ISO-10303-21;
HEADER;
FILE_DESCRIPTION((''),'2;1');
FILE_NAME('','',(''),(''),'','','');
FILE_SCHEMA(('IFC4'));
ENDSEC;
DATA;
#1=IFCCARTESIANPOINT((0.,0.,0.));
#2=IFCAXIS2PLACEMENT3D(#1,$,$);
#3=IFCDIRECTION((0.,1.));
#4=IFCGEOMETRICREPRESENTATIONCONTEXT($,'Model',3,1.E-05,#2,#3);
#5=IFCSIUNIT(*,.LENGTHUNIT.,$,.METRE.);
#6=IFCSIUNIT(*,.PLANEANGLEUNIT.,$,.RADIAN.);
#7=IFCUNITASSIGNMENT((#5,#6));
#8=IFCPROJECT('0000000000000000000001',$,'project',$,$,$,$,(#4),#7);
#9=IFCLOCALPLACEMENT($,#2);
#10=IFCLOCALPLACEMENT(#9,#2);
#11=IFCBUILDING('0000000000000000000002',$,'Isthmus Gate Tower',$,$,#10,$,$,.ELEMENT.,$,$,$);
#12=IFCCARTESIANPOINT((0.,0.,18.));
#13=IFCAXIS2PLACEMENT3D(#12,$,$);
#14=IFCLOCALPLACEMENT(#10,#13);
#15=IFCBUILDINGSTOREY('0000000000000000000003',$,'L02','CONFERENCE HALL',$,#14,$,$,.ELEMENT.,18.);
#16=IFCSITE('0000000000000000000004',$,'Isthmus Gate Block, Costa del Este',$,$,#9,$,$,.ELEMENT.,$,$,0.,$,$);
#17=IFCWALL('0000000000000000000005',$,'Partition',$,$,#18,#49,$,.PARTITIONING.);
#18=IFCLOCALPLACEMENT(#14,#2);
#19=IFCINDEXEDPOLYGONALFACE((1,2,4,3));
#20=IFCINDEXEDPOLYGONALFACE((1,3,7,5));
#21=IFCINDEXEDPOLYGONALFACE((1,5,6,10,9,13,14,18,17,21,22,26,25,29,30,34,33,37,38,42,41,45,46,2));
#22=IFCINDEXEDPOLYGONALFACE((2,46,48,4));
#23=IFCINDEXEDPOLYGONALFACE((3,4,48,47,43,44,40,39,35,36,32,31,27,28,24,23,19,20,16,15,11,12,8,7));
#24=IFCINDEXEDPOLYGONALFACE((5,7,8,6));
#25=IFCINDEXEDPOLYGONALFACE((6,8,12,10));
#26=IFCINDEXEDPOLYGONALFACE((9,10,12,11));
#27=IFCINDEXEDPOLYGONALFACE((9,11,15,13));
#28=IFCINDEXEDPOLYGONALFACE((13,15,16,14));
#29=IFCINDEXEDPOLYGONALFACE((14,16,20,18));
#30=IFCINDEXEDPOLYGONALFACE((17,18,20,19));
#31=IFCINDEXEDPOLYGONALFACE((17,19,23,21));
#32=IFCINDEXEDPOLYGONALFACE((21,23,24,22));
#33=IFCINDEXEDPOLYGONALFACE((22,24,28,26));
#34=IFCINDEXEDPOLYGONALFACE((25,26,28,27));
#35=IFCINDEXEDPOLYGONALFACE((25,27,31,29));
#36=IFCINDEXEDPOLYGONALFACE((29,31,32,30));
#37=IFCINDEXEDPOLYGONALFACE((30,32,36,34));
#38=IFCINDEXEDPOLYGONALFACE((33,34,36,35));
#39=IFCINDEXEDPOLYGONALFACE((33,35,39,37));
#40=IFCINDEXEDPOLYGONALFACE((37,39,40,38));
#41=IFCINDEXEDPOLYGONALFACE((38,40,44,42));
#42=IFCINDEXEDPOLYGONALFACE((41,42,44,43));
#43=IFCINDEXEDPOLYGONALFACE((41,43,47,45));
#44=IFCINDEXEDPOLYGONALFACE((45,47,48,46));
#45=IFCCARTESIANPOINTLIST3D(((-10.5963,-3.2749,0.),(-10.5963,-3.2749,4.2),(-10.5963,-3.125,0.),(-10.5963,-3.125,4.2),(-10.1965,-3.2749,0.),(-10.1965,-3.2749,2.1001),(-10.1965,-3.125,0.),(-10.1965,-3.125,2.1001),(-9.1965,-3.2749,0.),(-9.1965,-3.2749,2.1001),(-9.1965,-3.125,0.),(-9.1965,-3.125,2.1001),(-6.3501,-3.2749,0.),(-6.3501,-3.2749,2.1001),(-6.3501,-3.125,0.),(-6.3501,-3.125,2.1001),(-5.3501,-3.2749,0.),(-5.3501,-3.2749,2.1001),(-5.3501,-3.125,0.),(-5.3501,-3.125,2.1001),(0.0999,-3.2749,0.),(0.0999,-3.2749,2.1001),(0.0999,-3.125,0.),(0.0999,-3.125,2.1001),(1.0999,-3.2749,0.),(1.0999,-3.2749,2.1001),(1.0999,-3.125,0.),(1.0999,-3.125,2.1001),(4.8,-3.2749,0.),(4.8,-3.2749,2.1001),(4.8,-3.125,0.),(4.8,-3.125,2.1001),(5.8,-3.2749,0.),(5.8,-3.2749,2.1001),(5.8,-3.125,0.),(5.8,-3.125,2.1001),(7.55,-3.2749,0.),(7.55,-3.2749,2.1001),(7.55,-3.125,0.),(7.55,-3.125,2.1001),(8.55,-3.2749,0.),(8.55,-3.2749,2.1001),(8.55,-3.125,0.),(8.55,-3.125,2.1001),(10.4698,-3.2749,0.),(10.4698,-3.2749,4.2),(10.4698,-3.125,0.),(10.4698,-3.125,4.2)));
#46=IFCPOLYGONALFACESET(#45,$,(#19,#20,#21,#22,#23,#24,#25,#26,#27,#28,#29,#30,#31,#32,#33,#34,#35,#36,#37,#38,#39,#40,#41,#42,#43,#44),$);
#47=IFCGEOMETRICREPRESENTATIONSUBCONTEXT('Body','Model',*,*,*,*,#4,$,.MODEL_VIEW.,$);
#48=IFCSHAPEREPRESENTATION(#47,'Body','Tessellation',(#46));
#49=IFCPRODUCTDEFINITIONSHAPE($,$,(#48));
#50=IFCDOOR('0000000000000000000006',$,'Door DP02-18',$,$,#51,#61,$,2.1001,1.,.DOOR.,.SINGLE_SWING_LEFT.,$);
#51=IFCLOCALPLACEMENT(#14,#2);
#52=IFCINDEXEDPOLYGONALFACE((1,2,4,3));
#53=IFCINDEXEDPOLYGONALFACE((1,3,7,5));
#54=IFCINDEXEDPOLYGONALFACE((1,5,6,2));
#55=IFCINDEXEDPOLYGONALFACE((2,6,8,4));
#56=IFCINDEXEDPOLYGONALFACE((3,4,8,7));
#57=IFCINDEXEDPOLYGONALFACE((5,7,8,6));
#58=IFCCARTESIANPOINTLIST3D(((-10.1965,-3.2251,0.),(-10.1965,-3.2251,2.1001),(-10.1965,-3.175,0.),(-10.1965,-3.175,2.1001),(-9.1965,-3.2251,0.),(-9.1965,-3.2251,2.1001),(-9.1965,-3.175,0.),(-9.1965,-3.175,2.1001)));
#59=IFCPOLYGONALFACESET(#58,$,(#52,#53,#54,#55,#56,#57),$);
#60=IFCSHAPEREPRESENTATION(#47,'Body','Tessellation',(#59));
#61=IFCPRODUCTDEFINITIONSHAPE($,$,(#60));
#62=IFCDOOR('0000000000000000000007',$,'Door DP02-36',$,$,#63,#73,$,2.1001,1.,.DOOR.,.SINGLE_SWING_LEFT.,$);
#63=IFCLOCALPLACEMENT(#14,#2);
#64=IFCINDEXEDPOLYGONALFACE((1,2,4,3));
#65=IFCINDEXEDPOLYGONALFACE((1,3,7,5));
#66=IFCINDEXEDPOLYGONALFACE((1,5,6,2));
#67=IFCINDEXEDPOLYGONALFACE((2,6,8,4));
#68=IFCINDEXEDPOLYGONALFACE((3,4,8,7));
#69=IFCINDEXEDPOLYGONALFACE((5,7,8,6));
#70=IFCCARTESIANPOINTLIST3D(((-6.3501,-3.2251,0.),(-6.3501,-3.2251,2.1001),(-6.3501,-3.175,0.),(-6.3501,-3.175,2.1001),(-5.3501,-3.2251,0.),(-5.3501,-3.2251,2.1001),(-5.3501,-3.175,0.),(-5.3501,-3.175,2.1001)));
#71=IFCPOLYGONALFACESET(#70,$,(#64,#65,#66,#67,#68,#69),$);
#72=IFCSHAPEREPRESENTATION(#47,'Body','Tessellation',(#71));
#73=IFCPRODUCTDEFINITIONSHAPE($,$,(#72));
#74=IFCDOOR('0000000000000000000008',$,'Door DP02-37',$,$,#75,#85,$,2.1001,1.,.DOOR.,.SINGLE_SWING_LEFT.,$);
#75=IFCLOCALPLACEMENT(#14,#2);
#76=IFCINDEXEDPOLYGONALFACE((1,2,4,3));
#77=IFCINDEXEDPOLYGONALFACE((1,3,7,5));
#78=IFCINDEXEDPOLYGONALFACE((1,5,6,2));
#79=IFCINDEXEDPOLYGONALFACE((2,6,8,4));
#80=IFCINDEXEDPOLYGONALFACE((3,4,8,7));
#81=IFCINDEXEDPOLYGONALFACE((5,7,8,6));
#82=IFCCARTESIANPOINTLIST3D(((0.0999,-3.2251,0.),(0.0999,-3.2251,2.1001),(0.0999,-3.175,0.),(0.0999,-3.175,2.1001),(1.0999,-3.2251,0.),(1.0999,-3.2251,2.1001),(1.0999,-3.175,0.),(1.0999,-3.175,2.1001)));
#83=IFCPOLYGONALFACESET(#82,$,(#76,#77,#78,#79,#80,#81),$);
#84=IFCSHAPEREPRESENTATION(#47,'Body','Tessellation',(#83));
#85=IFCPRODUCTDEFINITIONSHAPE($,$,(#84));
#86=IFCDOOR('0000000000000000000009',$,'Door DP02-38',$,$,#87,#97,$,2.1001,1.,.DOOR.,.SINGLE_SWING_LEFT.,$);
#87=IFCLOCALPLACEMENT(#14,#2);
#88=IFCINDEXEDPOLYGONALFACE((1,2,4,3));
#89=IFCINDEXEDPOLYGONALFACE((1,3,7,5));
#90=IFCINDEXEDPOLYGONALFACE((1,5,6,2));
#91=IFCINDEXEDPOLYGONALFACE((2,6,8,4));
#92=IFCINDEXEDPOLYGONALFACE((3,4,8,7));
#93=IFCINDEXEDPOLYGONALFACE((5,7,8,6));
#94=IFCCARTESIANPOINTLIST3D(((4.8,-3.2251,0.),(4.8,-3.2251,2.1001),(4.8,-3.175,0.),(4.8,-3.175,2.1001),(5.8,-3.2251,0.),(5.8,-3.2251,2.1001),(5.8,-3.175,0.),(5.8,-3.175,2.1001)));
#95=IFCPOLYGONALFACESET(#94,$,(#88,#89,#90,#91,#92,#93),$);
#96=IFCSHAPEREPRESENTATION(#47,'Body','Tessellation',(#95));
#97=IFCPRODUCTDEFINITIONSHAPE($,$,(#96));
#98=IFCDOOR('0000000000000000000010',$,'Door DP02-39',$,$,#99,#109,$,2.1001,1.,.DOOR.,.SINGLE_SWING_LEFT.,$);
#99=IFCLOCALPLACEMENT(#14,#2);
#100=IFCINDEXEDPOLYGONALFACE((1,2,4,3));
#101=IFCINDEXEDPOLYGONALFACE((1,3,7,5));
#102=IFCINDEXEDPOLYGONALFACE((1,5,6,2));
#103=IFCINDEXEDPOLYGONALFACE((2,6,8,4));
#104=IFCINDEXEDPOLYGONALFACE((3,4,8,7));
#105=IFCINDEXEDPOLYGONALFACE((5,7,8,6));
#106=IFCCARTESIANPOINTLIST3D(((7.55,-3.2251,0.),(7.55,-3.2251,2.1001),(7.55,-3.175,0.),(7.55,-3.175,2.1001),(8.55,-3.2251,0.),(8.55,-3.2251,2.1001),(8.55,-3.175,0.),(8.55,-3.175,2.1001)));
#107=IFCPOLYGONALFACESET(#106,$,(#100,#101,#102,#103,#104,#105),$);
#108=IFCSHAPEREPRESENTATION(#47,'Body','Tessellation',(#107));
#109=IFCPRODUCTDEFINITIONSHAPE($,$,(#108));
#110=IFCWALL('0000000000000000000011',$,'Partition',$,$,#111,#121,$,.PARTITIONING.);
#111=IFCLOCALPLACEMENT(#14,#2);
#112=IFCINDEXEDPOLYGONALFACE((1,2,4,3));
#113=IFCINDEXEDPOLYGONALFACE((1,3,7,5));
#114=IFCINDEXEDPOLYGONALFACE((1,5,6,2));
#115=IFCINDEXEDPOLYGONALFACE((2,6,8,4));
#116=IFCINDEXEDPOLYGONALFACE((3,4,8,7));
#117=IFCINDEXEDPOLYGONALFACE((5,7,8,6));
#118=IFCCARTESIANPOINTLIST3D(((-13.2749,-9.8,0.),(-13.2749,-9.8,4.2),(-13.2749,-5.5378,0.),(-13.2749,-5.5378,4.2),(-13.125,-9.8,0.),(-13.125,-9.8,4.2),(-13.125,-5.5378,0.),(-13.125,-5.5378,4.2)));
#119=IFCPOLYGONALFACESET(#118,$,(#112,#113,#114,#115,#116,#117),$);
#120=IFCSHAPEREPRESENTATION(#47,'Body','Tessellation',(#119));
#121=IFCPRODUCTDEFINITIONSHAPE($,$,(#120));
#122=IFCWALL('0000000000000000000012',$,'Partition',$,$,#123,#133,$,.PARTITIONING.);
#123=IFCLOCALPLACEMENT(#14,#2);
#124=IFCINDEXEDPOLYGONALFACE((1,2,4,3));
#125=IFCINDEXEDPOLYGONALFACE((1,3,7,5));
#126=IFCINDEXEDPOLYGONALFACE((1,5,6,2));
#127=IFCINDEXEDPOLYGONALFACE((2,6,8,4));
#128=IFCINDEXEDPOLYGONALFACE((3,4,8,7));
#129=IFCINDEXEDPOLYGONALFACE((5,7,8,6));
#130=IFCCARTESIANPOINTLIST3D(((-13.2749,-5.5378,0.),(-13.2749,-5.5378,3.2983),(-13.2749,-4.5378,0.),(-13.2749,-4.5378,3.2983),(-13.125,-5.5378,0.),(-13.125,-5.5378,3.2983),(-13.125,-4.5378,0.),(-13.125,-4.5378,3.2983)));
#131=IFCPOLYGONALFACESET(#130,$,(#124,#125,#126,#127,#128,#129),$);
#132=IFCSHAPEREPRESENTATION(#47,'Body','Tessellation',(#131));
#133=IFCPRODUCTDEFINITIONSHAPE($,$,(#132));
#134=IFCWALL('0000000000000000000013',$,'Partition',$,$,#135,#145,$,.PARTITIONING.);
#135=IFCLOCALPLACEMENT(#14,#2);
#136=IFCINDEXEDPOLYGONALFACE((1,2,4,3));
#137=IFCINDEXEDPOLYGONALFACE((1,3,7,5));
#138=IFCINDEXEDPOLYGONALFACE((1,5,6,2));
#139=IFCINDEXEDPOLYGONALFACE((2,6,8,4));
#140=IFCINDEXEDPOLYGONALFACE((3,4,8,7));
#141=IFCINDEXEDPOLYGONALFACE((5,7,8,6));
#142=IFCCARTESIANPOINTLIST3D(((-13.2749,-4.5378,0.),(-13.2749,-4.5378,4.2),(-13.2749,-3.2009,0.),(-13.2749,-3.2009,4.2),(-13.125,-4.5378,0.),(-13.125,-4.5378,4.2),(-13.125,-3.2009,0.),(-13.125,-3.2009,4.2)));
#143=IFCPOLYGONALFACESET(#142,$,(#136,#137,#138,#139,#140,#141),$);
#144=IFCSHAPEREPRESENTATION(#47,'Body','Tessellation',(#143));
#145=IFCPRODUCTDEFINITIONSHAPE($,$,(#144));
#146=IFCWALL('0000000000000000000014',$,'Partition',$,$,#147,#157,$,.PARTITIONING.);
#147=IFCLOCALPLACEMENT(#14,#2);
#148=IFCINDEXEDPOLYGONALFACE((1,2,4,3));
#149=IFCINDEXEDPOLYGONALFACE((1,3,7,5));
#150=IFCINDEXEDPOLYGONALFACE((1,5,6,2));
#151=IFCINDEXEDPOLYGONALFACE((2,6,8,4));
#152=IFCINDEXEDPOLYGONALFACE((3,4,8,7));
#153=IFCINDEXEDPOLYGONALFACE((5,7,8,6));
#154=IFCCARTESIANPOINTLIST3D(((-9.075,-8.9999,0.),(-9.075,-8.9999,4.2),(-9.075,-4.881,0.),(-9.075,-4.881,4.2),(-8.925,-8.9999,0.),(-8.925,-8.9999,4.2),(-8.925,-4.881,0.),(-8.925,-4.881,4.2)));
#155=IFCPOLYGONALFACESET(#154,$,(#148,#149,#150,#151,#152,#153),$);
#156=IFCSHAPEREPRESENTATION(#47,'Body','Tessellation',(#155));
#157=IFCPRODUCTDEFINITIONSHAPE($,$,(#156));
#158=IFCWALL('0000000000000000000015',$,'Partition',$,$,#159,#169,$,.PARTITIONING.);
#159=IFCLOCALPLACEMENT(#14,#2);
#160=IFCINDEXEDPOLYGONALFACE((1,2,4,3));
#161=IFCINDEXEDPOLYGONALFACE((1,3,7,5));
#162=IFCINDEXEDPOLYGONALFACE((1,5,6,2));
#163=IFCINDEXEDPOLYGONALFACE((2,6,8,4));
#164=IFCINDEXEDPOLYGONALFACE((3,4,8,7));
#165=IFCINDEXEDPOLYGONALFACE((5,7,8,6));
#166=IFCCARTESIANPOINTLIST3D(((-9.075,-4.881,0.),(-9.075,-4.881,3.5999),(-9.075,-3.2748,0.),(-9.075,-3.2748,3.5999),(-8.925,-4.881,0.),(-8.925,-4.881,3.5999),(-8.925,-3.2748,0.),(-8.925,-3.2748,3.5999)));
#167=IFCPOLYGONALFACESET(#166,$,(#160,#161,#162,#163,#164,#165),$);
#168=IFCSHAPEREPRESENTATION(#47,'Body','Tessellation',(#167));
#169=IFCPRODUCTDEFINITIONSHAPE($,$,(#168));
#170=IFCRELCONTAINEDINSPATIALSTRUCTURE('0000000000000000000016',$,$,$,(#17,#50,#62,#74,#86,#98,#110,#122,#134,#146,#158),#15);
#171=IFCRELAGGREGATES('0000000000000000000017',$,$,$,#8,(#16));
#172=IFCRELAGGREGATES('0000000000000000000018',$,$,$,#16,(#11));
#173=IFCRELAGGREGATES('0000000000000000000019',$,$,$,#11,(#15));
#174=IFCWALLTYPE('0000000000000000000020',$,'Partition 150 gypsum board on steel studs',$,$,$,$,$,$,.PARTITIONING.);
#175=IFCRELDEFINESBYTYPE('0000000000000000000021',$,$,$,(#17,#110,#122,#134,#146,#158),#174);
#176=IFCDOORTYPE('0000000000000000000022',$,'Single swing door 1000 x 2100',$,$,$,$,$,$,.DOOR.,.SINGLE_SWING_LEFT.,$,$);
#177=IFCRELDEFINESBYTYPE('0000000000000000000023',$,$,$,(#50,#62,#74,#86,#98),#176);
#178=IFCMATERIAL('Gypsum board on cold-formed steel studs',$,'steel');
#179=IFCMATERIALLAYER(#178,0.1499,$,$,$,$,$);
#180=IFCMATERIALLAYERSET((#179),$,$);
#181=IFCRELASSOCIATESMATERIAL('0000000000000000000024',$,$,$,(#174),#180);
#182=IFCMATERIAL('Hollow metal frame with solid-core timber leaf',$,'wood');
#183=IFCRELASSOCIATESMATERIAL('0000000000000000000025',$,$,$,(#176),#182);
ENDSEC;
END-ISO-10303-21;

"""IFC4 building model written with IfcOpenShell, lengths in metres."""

from ifc_helpers import new_model, si_unit, direction, frame, frame_2d, origin, place, context, subcontext, project, spatial, rectangle, extrude, material, layer, layer_set, type_object, element, fill, save


model = new_model("IFC4")

# Units and contexts
model_context = context("Model", 3, precision=1e-05, world=origin(), true_north=direction((0.0, 1.0)))
body_context = subcontext(model_context, "Body", "Model", "MODEL_VIEW")
ifc_project = project(units=[si_unit("LENGTHUNIT", "METRE"), si_unit("PLANEANGLEUNIT", "RADIAN")], contexts=[model_context])

# Site, building, storey
site_placement = place(None, origin())
site = spatial("IfcSite", under=ifc_project, at=site_placement, Name="Isthmus Gate Block, Costa del Este", CompositionType="ELEMENT", RefElevation=0.0)
building_placement = place(site_placement, origin())
building = spatial("IfcBuilding", under=site, at=building_placement, Name="Isthmus Gate Tower", CompositionType="ELEMENT")
storey_placement = place(building_placement, frame((0.0, 0.0, 18.0)))
storey = spatial("IfcBuildingStorey", under=building, at=storey_placement, Name="L02", Description="CONFERENCE HALL", CompositionType="ELEMENT", Elevation=18.0)

# Shared definitions
ifc_material_1 = material(Name="Gypsum board on cold-formed steel studs", Category="steel")
ifc_layer_1 = layer(ifc_material_1, 0.1499)
ifc_layer_set_1 = layer_set([ifc_layer_1])
wall_type_1 = type_object("IfcWallType", Name="Partition 150 gypsum board on steel studs", PredefinedType="PARTITIONING", material=ifc_layer_set_1)

# Wall, openings, doors
wall_1_placement = place(storey_placement, frame((-10.5964, -3.2, 0.0), z_axis=(0.0, 0.0, 1.0), x_axis=(1.0, 0.0, 0.0)))
wall_1 = element("IfcWall", 1, at=wall_1_placement, inside=storey, type_object=wall_type_1, Name="Partition", PredefinedType="PARTITIONING", context=body_context, shape_type="SweptSolid", body=[
    extrude(rectangle(XDim=21.0662, YDim=0.1499, at=frame_2d((10.5332, 0.0))), origin(), (0.0, 0.0, 1.0), 4.2),
])
opening_1_placement = place(wall_1_placement, frame((0.3999, 0.0, 0.0)))
opening_1 = element("IfcOpeningElement", 2, at=opening_1_placement, cuts=wall_1, PredefinedType="OPENING", context=body_context, shape_type="SweptSolid", body=[
    extrude(rectangle(XDim=1.0, YDim=2.1001, at=frame_2d((0.5, 1.05))), frame((0.0, 0.085, 0.0), z_axis=(0.0, -1.0, 0.0), x_axis=(1.0, 0.0, 0.0)), (0.0, 0.0, 1.0), 0.1699),
])
opening_2_placement = place(wall_1_placement, frame((4.2463, 0.0, 0.0)))
opening_2 = element("IfcOpeningElement", 3, at=opening_2_placement, cuts=wall_1, PredefinedType="OPENING", context=body_context, shape_type="SweptSolid", body=[
    extrude(rectangle(XDim=1.0, YDim=2.1001, at=frame_2d((0.5, 1.05))), frame((0.0, 0.085, 0.0), z_axis=(0.0, -1.0, 0.0), x_axis=(1.0, 0.0, 0.0)), (0.0, 0.0, 1.0), 0.1699),
])
opening_3_placement = place(wall_1_placement, frame((10.6963, 0.0, 0.0)))
opening_3 = element("IfcOpeningElement", 4, at=opening_3_placement, cuts=wall_1, PredefinedType="OPENING", context=body_context, shape_type="SweptSolid", body=[
    extrude(rectangle(XDim=1.0, YDim=2.1001, at=frame_2d((0.5, 1.05))), frame((0.0, 0.085, 0.0), z_axis=(0.0, -1.0, 0.0), x_axis=(1.0, 0.0, 0.0)), (0.0, 0.0, 1.0), 0.1699),
])
opening_4_placement = place(wall_1_placement, frame((15.3965, 0.0, 0.0)))
opening_4 = element("IfcOpeningElement", 5, at=opening_4_placement, cuts=wall_1, PredefinedType="OPENING", context=body_context, shape_type="SweptSolid", body=[
    extrude(rectangle(XDim=1.0, YDim=2.1001, at=frame_2d((0.5, 1.05))), frame((0.0, 0.085, 0.0), z_axis=(0.0, -1.0, 0.0), x_axis=(1.0, 0.0, 0.0)), (0.0, 0.0, 1.0), 0.1699),
])
opening_5_placement = place(wall_1_placement, frame((18.1465, 0.0, 0.0)))
opening_5 = element("IfcOpeningElement", 6, at=opening_5_placement, cuts=wall_1, PredefinedType="OPENING", context=body_context, shape_type="SweptSolid", body=[
    extrude(rectangle(XDim=1.0, YDim=2.1001, at=frame_2d((0.5, 1.05))), frame((0.0, 0.085, 0.0), z_axis=(0.0, -1.0, 0.0), x_axis=(1.0, 0.0, 0.0)), (0.0, 0.0, 1.0), 0.1699),
])
ifc_material_2 = material(Name="Hollow metal frame with solid-core timber leaf", Category="wood")
door_type = type_object("IfcDoorType", Name="Single swing door 1000 x 2100", OperationType="SINGLE_SWING_LEFT", PredefinedType="DOOR", material=ifc_material_2)
door_1_placement = place(opening_1_placement, origin())
door_1 = element("IfcDoor", 7, at=door_1_placement, inside=storey, type_object=door_type, Name="Door DP02-18", OperationType="SINGLE_SWING_LEFT", OverallHeight=2.1001, OverallWidth=1.0, PredefinedType="DOOR", context=body_context, shape_type="SweptSolid", body=[
    extrude(rectangle(XDim=1.0, YDim=2.1001, at=frame_2d((0.5, 1.05))), frame((0.0, 0.0249, 0.0), z_axis=(0.0, -1.0, 0.0), x_axis=(1.0, 0.0, 0.0)), (0.0, 0.0, 1.0), 0.05),
])
fill(opening_1, door_1)
door_2_placement = place(opening_2_placement, origin())
door_2 = element("IfcDoor", 8, at=door_2_placement, inside=storey, type_object=door_type, Name="Door DP02-36", OperationType="SINGLE_SWING_LEFT", OverallHeight=2.1001, OverallWidth=1.0, PredefinedType="DOOR", context=body_context, shape_type="SweptSolid", body=[
    extrude(rectangle(XDim=1.0, YDim=2.1001, at=frame_2d((0.5, 1.05))), frame((0.0, 0.0249, 0.0), z_axis=(0.0, -1.0, 0.0), x_axis=(1.0, 0.0, 0.0)), (0.0, 0.0, 1.0), 0.05),
])
fill(opening_2, door_2)
door_3_placement = place(opening_3_placement, origin())
door_3 = element("IfcDoor", 9, at=door_3_placement, inside=storey, type_object=door_type, Name="Door DP02-37", OperationType="SINGLE_SWING_LEFT", OverallHeight=2.1001, OverallWidth=1.0, PredefinedType="DOOR", context=body_context, shape_type="SweptSolid", body=[
    extrude(rectangle(XDim=1.0, YDim=2.1001, at=frame_2d((0.5, 1.05))), frame((0.0, 0.0249, 0.0), z_axis=(0.0, -1.0, 0.0), x_axis=(1.0, 0.0, 0.0)), (0.0, 0.0, 1.0), 0.05),
])
fill(opening_3, door_3)
door_4_placement = place(opening_4_placement, origin())
door_4 = element("IfcDoor", 10, at=door_4_placement, inside=storey, type_object=door_type, Name="Door DP02-38", OperationType="SINGLE_SWING_LEFT", OverallHeight=2.1001, OverallWidth=1.0, PredefinedType="DOOR", context=body_context, shape_type="SweptSolid", body=[
    extrude(rectangle(XDim=1.0, YDim=2.1001, at=frame_2d((0.5, 1.05))), frame((0.0, 0.0249, 0.0), z_axis=(0.0, -1.0, 0.0), x_axis=(1.0, 0.0, 0.0)), (0.0, 0.0, 1.0), 0.05),
])
fill(opening_4, door_4)
door_5_placement = place(opening_5_placement, origin())
door_5 = element("IfcDoor", 11, at=door_5_placement, inside=storey, type_object=door_type, Name="Door DP02-39", OperationType="SINGLE_SWING_LEFT", OverallHeight=2.1001, OverallWidth=1.0, PredefinedType="DOOR", context=body_context, shape_type="SweptSolid", body=[
    extrude(rectangle(XDim=1.0, YDim=2.1001, at=frame_2d((0.5, 1.05))), frame((0.0, 0.0249, 0.0), z_axis=(0.0, -1.0, 0.0), x_axis=(1.0, 0.0, 0.0)), (0.0, 0.0, 1.0), 0.05),
])
fill(opening_5, door_5)

# Walls
wall_2_placement = place(storey_placement, frame((-13.2, -9.8, 0.0), z_axis=(0.0, 0.0, 1.0), x_axis=(0.0, 1.0, 0.0)))
element("IfcWall", 12, at=wall_2_placement, inside=storey, type_object=wall_type_1, Name="Partition", PredefinedType="PARTITIONING", context=body_context, shape_type="SweptSolid", body=[
    extrude(rectangle(XDim=4.2622, YDim=0.1499, at=frame_2d((2.1311, 0.0))), origin(), (0.0, 0.0, 1.0), 4.2),
])
wall_3_placement = place(storey_placement, frame((-13.2, -5.5378, 0.0), z_axis=(0.0, 0.0, 1.0), x_axis=(0.0, 1.0, 0.0)))
element("IfcWall", 13, at=wall_3_placement, inside=storey, type_object=wall_type_1, Name="Partition", PredefinedType="PARTITIONING", context=body_context, shape_type="SweptSolid", body=[
    extrude(rectangle(XDim=1.0, YDim=0.1499, at=frame_2d((0.5, 0.0))), origin(), (0.0, 0.0, 1.0), 3.2983),
])
wall_4_placement = place(storey_placement, frame((-13.2, -4.5378, 0.0), z_axis=(0.0, 0.0, 1.0), x_axis=(0.0, 1.0, 0.0)))
element("IfcWall", 14, at=wall_4_placement, inside=storey, type_object=wall_type_1, Name="Partition", PredefinedType="PARTITIONING", context=body_context, shape_type="SweptSolid", body=[
    extrude(rectangle(XDim=1.3369, YDim=0.1499, at=frame_2d((0.6685, 0.0))), origin(), (0.0, 0.0, 1.0), 4.2),
])
wall_5_placement = place(storey_placement, frame((-9.0, -9.0, 0.0), z_axis=(0.0, 0.0, 1.0), x_axis=(0.0, 1.0, 0.0)))
element("IfcWall", 15, at=wall_5_placement, inside=storey, type_object=wall_type_1, Name="Partition", PredefinedType="PARTITIONING", context=body_context, shape_type="SweptSolid", body=[
    extrude(rectangle(XDim=4.1189, YDim=0.1499, at=frame_2d((2.0596, 0.0))), origin(), (0.0, 0.0, 1.0), 4.2),
])
wall_6_placement = place(storey_placement, frame((-9.0, -4.8811, 0.0), z_axis=(0.0, 0.0, 1.0), x_axis=(0.0, 1.0, 0.0)))
element("IfcWall", 16, at=wall_6_placement, inside=storey, type_object=wall_type_1, Name="Partition", PredefinedType="PARTITIONING", context=body_context, shape_type="SweptSolid", body=[
    extrude(rectangle(XDim=1.6062, YDim=0.1499, at=frame_2d((0.8032, 0.0))), origin(), (0.0, 0.0, 1.0), 3.5999),
])

save(model, "model.ifc")
